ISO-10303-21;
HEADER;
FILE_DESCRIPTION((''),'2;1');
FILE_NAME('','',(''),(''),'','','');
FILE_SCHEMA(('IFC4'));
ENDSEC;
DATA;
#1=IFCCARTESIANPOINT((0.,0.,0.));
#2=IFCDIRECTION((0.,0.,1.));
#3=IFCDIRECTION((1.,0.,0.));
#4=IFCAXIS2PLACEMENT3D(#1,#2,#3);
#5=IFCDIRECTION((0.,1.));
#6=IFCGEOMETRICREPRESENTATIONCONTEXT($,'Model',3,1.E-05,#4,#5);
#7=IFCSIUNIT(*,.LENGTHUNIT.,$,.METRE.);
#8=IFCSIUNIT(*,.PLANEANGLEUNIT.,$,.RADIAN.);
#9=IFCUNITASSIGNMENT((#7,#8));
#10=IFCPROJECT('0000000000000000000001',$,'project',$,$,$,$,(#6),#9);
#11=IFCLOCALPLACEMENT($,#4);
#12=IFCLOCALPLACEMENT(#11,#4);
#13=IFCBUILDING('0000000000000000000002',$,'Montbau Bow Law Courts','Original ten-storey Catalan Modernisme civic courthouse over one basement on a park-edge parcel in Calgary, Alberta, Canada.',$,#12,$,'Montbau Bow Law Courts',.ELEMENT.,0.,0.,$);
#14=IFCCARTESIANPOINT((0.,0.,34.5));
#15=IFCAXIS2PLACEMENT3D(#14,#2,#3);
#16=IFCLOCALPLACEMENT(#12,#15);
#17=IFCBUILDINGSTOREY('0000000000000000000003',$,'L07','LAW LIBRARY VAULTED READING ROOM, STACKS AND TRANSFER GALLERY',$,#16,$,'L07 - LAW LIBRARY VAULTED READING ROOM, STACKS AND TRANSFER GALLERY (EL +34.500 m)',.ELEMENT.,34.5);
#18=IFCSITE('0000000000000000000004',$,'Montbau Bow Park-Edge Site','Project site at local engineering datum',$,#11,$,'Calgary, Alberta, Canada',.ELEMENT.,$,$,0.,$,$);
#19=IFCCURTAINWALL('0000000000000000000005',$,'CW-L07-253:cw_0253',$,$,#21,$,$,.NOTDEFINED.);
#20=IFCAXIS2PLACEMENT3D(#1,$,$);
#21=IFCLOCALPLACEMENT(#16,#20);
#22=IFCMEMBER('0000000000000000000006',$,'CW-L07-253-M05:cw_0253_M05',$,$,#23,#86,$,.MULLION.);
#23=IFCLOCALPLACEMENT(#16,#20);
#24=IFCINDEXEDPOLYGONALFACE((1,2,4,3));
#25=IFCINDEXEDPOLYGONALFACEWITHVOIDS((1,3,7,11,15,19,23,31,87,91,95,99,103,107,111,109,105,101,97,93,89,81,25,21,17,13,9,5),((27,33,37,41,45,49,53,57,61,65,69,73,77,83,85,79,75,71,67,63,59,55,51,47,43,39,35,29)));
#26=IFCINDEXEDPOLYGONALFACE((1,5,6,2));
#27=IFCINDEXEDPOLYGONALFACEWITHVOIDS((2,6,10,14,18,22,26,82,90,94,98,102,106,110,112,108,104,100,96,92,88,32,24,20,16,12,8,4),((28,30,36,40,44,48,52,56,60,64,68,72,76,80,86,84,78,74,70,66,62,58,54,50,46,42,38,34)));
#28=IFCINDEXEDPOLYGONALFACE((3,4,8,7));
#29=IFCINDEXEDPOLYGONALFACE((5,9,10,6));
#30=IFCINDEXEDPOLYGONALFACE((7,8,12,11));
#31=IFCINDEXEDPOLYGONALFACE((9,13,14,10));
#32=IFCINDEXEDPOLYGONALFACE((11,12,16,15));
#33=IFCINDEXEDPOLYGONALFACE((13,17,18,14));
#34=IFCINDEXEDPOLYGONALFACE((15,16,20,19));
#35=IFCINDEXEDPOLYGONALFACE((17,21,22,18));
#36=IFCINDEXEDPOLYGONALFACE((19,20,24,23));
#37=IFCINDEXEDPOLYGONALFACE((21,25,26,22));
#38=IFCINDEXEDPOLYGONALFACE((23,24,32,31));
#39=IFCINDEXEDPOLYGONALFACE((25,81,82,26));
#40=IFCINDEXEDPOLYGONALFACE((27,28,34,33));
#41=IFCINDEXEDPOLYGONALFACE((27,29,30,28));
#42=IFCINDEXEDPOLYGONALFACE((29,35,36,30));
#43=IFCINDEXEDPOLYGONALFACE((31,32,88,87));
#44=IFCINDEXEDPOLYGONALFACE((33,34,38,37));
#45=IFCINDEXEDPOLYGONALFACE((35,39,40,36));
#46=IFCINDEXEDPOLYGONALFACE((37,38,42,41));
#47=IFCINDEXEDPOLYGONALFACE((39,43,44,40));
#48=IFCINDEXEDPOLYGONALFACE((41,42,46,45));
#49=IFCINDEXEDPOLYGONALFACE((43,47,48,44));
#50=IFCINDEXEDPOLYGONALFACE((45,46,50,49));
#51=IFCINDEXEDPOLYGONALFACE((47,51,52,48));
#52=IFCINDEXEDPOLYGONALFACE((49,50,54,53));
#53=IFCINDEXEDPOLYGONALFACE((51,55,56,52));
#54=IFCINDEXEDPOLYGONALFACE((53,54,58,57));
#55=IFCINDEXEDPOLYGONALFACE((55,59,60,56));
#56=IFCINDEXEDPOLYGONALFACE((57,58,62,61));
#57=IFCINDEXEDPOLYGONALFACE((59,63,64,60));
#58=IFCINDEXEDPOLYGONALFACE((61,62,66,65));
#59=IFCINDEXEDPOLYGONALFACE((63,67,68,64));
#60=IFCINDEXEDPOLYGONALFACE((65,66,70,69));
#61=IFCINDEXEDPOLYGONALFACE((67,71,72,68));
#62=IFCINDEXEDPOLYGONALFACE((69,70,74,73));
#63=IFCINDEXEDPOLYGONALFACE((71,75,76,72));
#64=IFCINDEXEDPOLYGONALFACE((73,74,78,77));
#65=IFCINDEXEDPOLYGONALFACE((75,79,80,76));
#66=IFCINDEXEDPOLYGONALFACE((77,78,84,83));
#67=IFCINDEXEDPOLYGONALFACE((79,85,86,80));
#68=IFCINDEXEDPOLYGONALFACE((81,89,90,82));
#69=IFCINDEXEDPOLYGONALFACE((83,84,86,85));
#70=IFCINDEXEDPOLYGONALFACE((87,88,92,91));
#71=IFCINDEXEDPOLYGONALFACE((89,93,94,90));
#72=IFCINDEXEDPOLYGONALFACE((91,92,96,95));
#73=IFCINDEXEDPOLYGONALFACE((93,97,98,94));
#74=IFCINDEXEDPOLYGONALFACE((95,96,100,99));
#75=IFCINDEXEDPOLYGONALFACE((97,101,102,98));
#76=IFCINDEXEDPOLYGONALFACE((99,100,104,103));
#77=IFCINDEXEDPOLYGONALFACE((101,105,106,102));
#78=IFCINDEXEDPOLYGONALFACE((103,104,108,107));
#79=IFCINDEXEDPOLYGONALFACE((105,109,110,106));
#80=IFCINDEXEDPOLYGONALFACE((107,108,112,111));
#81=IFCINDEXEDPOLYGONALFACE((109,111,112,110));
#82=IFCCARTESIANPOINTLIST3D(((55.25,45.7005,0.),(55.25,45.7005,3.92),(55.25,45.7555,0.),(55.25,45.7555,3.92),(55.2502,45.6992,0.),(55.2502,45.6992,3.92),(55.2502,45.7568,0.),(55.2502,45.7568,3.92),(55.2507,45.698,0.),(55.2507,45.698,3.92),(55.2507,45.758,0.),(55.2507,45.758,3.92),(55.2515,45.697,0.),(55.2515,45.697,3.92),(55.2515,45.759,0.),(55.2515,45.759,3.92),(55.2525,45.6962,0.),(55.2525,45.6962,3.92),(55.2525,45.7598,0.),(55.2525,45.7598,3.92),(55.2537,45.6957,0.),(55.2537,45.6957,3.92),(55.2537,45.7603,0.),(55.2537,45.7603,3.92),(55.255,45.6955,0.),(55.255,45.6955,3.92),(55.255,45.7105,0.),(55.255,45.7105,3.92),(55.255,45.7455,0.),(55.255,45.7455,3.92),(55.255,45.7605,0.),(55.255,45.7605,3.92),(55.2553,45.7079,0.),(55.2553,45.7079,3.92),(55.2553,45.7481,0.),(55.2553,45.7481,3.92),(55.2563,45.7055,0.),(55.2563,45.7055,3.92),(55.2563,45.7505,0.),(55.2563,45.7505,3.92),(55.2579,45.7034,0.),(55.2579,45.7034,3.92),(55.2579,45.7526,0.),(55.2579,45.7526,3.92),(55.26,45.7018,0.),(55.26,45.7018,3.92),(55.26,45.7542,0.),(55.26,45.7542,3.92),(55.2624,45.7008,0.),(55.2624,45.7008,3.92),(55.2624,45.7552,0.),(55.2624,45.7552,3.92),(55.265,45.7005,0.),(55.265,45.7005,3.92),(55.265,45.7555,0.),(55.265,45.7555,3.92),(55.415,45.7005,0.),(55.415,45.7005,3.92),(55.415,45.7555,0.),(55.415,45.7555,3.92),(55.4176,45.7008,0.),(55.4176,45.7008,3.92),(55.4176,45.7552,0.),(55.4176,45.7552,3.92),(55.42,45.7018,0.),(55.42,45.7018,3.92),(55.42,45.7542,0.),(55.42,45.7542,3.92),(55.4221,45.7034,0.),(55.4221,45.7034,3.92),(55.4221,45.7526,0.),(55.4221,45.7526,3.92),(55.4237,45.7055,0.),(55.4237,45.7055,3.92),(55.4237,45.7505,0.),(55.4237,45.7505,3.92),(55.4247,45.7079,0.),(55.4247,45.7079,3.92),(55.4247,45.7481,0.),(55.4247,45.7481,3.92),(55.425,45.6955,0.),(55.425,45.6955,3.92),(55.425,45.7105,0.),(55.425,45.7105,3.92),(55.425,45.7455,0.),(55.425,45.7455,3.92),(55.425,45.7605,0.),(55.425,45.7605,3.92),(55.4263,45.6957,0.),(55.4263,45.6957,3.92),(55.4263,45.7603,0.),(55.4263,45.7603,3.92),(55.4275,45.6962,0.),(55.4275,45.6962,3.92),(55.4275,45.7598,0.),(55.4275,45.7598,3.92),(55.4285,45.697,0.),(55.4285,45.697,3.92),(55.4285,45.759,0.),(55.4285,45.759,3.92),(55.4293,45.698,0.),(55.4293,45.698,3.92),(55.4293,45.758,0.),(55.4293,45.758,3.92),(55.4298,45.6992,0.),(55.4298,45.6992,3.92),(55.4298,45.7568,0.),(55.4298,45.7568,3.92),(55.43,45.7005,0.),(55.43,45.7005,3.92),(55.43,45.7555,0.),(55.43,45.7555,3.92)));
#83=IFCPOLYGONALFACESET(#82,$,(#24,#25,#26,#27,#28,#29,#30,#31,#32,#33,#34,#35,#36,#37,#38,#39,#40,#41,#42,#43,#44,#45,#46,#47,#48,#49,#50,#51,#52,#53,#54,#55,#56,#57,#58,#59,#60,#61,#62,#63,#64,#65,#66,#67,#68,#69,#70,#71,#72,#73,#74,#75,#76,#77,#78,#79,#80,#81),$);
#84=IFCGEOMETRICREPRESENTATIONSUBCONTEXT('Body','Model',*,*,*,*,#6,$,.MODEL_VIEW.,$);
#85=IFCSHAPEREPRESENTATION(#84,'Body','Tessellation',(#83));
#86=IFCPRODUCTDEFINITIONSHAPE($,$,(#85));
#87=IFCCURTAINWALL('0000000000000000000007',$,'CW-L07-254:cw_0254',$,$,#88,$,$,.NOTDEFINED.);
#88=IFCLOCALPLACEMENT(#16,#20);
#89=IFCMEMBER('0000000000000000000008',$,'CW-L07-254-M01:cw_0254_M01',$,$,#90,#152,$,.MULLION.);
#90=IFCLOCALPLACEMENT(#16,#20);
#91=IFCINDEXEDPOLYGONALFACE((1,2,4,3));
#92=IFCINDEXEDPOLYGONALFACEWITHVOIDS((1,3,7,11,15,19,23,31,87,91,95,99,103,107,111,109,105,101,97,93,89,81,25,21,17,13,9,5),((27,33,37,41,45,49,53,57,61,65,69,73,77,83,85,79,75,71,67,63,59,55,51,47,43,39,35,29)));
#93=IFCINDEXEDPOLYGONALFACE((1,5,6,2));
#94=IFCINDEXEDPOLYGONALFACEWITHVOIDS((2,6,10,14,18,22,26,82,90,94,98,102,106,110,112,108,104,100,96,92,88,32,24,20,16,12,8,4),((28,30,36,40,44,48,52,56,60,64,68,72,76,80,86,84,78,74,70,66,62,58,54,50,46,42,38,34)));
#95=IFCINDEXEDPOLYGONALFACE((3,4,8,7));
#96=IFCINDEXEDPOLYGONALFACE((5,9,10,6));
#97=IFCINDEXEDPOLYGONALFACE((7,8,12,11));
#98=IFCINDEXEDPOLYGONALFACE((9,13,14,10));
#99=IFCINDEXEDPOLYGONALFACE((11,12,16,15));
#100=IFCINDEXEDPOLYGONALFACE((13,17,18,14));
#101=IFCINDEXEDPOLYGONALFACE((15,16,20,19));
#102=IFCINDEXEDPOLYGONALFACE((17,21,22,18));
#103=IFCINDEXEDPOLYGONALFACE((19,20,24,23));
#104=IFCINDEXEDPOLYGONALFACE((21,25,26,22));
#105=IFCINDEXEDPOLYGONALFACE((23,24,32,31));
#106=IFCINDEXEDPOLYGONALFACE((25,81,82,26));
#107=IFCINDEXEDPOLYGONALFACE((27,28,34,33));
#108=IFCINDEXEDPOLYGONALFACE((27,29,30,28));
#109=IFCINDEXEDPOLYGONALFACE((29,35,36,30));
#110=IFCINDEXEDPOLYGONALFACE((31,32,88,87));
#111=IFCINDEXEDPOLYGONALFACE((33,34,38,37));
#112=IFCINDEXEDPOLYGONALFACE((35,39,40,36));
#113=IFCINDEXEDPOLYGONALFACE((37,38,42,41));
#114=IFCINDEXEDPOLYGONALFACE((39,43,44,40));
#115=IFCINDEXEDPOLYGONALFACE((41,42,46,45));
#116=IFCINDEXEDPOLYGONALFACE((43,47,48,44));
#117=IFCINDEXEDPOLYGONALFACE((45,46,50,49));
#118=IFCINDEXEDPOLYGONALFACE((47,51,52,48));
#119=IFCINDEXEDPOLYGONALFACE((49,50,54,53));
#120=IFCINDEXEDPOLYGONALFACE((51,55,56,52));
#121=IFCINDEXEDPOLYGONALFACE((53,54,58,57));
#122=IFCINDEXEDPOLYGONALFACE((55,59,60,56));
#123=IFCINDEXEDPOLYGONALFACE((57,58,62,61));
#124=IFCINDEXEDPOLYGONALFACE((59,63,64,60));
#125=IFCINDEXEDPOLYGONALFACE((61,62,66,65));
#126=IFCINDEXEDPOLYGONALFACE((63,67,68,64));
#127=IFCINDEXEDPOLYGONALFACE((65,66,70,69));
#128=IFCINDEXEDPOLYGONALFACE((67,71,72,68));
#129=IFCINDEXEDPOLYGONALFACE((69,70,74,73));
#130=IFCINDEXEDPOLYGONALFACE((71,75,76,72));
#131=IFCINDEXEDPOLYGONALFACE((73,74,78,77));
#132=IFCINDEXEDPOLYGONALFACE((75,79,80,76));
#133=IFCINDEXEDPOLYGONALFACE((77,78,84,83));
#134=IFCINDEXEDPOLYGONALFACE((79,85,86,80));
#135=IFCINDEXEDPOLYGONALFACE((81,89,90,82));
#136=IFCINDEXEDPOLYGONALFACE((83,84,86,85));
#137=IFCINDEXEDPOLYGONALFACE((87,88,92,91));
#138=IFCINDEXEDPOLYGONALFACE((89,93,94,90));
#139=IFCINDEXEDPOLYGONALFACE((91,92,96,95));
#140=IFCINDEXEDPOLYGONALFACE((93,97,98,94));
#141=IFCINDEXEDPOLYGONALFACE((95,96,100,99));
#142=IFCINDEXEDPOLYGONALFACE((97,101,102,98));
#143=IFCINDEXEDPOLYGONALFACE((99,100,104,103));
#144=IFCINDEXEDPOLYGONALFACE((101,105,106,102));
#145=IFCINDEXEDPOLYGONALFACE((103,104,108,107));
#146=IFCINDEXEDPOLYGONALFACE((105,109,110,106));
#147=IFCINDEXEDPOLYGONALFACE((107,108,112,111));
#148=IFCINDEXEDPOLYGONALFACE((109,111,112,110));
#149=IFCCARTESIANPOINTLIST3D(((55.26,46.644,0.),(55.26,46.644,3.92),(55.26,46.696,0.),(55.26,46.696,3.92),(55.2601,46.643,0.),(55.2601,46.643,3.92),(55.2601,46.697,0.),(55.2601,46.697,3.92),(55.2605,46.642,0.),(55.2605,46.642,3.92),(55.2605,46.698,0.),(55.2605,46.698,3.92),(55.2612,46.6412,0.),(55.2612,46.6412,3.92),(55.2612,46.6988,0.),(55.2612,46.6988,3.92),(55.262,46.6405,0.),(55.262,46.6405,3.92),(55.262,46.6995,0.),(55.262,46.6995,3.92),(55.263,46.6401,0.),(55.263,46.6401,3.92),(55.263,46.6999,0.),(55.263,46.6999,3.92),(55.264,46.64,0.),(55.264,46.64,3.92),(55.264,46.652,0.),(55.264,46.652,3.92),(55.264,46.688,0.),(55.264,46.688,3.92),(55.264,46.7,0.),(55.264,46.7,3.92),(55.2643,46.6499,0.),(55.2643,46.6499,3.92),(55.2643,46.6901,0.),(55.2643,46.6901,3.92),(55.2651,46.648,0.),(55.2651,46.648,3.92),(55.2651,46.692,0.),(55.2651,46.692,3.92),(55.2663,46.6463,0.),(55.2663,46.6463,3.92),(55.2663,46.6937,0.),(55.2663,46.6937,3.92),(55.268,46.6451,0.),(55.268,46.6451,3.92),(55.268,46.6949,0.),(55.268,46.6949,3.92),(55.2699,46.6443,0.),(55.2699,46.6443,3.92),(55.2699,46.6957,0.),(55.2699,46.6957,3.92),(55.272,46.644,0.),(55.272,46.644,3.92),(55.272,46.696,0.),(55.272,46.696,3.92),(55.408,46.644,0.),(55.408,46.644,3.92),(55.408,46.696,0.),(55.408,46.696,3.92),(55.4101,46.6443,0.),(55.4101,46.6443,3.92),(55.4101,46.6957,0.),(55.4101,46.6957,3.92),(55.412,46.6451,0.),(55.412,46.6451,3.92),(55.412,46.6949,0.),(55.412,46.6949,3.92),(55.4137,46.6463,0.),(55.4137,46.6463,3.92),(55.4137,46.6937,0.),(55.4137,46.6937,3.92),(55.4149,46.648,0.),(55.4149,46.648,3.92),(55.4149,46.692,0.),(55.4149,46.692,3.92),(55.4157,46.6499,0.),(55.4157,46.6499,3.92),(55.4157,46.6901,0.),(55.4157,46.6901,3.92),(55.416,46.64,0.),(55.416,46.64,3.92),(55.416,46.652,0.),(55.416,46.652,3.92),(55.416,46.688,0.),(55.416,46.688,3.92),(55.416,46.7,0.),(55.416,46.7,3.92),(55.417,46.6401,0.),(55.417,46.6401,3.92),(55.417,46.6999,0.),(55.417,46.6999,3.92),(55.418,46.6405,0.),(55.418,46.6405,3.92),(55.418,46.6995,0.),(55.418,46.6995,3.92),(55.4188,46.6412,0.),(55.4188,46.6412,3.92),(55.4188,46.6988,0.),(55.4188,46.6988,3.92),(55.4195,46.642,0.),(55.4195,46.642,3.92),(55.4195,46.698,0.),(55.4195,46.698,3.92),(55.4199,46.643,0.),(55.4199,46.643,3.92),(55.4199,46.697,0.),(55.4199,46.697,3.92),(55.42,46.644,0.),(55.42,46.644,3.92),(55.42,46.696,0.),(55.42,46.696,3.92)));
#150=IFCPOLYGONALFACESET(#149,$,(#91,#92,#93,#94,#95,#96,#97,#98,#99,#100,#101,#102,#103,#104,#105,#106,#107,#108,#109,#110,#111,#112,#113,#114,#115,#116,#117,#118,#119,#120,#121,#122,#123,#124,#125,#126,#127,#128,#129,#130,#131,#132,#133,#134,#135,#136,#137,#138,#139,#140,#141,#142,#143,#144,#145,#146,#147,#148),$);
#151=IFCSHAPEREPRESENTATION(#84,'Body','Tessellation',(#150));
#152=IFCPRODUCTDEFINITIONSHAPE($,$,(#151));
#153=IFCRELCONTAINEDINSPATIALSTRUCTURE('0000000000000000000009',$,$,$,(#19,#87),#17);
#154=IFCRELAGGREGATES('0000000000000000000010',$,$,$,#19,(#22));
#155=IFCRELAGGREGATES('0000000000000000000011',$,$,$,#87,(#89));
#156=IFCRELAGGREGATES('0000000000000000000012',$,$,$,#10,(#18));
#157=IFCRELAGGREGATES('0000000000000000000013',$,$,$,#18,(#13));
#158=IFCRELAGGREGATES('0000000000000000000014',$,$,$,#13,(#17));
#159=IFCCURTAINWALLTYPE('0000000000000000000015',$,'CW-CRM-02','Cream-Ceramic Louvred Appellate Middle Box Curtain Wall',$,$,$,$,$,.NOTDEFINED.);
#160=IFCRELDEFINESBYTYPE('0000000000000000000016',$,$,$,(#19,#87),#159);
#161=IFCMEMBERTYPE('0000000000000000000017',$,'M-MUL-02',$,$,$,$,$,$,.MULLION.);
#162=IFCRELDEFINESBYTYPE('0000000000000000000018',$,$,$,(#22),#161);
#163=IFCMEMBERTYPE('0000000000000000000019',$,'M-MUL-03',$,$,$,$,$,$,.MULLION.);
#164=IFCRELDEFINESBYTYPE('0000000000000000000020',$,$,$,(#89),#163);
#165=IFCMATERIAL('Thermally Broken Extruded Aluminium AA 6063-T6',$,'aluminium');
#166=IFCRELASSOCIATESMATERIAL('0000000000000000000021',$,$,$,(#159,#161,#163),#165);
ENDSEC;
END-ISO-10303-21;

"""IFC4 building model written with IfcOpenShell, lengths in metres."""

from ifc_helpers import new_model, si_unit, direction, frame, origin_with_axes, origin_2d_with_axis, place, context, subcontext, project, spatial, hollow_rectangle, extrude, material, material_profile, profile_set, type_object, element, aggregate, save


model = new_model("IFC4")

# Units and contexts
model_context = context("Model", 3, precision=1e-05, world=origin_with_axes(), true_north=direction((0.0, 1.0)))
body_context = subcontext(model_context, "Body", "Model", "MODEL_VIEW")
ifc_project = project(units=[si_unit("LENGTHUNIT", "METRE"), si_unit("PLANEANGLEUNIT", "RADIAN")], contexts=[model_context])

# Site, building, storey
site_placement = place(None, origin_with_axes())
site = spatial("IfcSite", under=ifc_project, at=site_placement, Name="Montbau Bow Park-Edge Site", Description="Project site at local engineering datum", LongName="Calgary, Alberta, Canada", CompositionType="ELEMENT", RefElevation=0.0)
building_placement = place(site_placement, origin_with_axes())
building = spatial("IfcBuilding", under=site, at=building_placement, Name="Montbau Bow Law Courts", Description="Original ten-storey Catalan Modernisme civic courthouse over one basement on a park-edge parcel in Calgary, Alberta, Canada.", LongName="Montbau Bow Law Courts", CompositionType="ELEMENT", ElevationOfRefHeight=0.0, ElevationOfTerrain=0.0)
storey_placement = place(building_placement, frame((0.0, 0.0, 34.5), z_axis=(0.0, 0.0, 1.0), x_axis=(1.0, 0.0, 0.0)))
storey = spatial("IfcBuildingStorey", under=building, at=storey_placement, Name="L07", Description="LAW LIBRARY VAULTED READING ROOM, STACKS AND TRANSFER GALLERY", LongName="L07 - LAW LIBRARY VAULTED READING ROOM, STACKS AND TRANSFER GALLERY (EL +34.500 m)", CompositionType="ELEMENT", Elevation=34.5)

# Curtain wall, member
ifc_material_1 = material(Name="Thermally Broken Extruded Aluminium AA 6063-T6", Category="aluminium")
curtain_wall_type = type_object("IfcCurtainWallType", Name="CW-CRM-02", Description="Cream-Ceramic Louvred Appellate Middle Box Curtain Wall", PredefinedType="NOTDEFINED", material=ifc_material_1)
curtain_wall_1_placement = place(None, frame((55.34, 39.44, 34.5), z_axis=(0.0, 0.0, 1.0), x_axis=(1.0, 0.0, 0.0)))
curtain_wall_1 = element("IfcCurtainWall", 1, at=curtain_wall_1_placement, inside=storey, type_object=curtain_wall_type, Name="CW-L07-253:cw_0253", PredefinedType="NOTDEFINED")
ifc_material_profile_1 = material_profile(ifc_material_1, hollow_rectangle(XDim=0.065, YDim=0.18, WallThickness=0.005, InnerFilletRadius=0.01, OuterFilletRadius=0.005, at=origin_2d_with_axis()), Name="CWM-180X65", Category="Main", Priority=0)
ifc_profile_set_1 = profile_set([ifc_material_profile_1], Name="Thermally Broken Extruded Aluminium AA 6063-T6")
member_type_1 = type_object("IfcMemberType", Name="M-MUL-02", PredefinedType="MULLION", material=ifc_profile_set_1)
member_1_placement = place(None, frame((55.34, 45.728, 34.5), z_axis=(0.0, 0.0, 1.0), x_axis=(0.0, 1.0, 0.0)))
member_1 = element("IfcMember", 2, at=member_1_placement, type_object=member_type_1, Name="CW-L07-253-M05:cw_0253_M05", PredefinedType="MULLION", context=body_context, shape_type="SweptSolid", body=[
    extrude(hollow_rectangle(XDim=0.065, YDim=0.18, WallThickness=0.005, InnerFilletRadius=0.01, OuterFilletRadius=0.005, at=origin_2d_with_axis()), origin_with_axes(), (0.0, 0.0, 1.0), 3.92),
])
aggregate(curtain_wall_1, [member_1])

# Curtain wall, member
curtain_wall_2_placement = place(None, frame((55.34, 46.64, 34.5), z_axis=(0.0, 0.0, 1.0), x_axis=(1.0, 0.0, 0.0)))
curtain_wall_2 = element("IfcCurtainWall", 3, at=curtain_wall_2_placement, inside=storey, type_object=curtain_wall_type, Name="CW-L07-254:cw_0254", PredefinedType="NOTDEFINED")
ifc_material_profile_2 = material_profile(ifc_material_1, hollow_rectangle(XDim=0.06, YDim=0.16, WallThickness=0.004, InnerFilletRadius=0.008, OuterFilletRadius=0.004, at=origin_2d_with_axis()), Name="CWM-160X60", Category="Main", Priority=0)
ifc_profile_set_2 = profile_set([ifc_material_profile_2], Name="Thermally Broken Extruded Aluminium AA 6063-T6")
member_type_2 = type_object("IfcMemberType", Name="M-MUL-03", PredefinedType="MULLION", material=ifc_profile_set_2)
member_2_placement = place(None, frame((55.34, 46.67, 34.5), z_axis=(0.0, 0.0, 1.0), x_axis=(0.0, 1.0, 0.0)))
member_2 = element("IfcMember", 4, at=member_2_placement, type_object=member_type_2, Name="CW-L07-254-M01:cw_0254_M01", PredefinedType="MULLION", context=body_context, shape_type="SweptSolid", body=[
    extrude(hollow_rectangle(XDim=0.06, YDim=0.16, WallThickness=0.004, InnerFilletRadius=0.008, OuterFilletRadius=0.004, at=origin_2d_with_axis()), origin_with_axes(), (0.0, 0.0, 1.0), 3.92),
])
aggregate(curtain_wall_2, [member_2])

save(model, "model.ifc")
